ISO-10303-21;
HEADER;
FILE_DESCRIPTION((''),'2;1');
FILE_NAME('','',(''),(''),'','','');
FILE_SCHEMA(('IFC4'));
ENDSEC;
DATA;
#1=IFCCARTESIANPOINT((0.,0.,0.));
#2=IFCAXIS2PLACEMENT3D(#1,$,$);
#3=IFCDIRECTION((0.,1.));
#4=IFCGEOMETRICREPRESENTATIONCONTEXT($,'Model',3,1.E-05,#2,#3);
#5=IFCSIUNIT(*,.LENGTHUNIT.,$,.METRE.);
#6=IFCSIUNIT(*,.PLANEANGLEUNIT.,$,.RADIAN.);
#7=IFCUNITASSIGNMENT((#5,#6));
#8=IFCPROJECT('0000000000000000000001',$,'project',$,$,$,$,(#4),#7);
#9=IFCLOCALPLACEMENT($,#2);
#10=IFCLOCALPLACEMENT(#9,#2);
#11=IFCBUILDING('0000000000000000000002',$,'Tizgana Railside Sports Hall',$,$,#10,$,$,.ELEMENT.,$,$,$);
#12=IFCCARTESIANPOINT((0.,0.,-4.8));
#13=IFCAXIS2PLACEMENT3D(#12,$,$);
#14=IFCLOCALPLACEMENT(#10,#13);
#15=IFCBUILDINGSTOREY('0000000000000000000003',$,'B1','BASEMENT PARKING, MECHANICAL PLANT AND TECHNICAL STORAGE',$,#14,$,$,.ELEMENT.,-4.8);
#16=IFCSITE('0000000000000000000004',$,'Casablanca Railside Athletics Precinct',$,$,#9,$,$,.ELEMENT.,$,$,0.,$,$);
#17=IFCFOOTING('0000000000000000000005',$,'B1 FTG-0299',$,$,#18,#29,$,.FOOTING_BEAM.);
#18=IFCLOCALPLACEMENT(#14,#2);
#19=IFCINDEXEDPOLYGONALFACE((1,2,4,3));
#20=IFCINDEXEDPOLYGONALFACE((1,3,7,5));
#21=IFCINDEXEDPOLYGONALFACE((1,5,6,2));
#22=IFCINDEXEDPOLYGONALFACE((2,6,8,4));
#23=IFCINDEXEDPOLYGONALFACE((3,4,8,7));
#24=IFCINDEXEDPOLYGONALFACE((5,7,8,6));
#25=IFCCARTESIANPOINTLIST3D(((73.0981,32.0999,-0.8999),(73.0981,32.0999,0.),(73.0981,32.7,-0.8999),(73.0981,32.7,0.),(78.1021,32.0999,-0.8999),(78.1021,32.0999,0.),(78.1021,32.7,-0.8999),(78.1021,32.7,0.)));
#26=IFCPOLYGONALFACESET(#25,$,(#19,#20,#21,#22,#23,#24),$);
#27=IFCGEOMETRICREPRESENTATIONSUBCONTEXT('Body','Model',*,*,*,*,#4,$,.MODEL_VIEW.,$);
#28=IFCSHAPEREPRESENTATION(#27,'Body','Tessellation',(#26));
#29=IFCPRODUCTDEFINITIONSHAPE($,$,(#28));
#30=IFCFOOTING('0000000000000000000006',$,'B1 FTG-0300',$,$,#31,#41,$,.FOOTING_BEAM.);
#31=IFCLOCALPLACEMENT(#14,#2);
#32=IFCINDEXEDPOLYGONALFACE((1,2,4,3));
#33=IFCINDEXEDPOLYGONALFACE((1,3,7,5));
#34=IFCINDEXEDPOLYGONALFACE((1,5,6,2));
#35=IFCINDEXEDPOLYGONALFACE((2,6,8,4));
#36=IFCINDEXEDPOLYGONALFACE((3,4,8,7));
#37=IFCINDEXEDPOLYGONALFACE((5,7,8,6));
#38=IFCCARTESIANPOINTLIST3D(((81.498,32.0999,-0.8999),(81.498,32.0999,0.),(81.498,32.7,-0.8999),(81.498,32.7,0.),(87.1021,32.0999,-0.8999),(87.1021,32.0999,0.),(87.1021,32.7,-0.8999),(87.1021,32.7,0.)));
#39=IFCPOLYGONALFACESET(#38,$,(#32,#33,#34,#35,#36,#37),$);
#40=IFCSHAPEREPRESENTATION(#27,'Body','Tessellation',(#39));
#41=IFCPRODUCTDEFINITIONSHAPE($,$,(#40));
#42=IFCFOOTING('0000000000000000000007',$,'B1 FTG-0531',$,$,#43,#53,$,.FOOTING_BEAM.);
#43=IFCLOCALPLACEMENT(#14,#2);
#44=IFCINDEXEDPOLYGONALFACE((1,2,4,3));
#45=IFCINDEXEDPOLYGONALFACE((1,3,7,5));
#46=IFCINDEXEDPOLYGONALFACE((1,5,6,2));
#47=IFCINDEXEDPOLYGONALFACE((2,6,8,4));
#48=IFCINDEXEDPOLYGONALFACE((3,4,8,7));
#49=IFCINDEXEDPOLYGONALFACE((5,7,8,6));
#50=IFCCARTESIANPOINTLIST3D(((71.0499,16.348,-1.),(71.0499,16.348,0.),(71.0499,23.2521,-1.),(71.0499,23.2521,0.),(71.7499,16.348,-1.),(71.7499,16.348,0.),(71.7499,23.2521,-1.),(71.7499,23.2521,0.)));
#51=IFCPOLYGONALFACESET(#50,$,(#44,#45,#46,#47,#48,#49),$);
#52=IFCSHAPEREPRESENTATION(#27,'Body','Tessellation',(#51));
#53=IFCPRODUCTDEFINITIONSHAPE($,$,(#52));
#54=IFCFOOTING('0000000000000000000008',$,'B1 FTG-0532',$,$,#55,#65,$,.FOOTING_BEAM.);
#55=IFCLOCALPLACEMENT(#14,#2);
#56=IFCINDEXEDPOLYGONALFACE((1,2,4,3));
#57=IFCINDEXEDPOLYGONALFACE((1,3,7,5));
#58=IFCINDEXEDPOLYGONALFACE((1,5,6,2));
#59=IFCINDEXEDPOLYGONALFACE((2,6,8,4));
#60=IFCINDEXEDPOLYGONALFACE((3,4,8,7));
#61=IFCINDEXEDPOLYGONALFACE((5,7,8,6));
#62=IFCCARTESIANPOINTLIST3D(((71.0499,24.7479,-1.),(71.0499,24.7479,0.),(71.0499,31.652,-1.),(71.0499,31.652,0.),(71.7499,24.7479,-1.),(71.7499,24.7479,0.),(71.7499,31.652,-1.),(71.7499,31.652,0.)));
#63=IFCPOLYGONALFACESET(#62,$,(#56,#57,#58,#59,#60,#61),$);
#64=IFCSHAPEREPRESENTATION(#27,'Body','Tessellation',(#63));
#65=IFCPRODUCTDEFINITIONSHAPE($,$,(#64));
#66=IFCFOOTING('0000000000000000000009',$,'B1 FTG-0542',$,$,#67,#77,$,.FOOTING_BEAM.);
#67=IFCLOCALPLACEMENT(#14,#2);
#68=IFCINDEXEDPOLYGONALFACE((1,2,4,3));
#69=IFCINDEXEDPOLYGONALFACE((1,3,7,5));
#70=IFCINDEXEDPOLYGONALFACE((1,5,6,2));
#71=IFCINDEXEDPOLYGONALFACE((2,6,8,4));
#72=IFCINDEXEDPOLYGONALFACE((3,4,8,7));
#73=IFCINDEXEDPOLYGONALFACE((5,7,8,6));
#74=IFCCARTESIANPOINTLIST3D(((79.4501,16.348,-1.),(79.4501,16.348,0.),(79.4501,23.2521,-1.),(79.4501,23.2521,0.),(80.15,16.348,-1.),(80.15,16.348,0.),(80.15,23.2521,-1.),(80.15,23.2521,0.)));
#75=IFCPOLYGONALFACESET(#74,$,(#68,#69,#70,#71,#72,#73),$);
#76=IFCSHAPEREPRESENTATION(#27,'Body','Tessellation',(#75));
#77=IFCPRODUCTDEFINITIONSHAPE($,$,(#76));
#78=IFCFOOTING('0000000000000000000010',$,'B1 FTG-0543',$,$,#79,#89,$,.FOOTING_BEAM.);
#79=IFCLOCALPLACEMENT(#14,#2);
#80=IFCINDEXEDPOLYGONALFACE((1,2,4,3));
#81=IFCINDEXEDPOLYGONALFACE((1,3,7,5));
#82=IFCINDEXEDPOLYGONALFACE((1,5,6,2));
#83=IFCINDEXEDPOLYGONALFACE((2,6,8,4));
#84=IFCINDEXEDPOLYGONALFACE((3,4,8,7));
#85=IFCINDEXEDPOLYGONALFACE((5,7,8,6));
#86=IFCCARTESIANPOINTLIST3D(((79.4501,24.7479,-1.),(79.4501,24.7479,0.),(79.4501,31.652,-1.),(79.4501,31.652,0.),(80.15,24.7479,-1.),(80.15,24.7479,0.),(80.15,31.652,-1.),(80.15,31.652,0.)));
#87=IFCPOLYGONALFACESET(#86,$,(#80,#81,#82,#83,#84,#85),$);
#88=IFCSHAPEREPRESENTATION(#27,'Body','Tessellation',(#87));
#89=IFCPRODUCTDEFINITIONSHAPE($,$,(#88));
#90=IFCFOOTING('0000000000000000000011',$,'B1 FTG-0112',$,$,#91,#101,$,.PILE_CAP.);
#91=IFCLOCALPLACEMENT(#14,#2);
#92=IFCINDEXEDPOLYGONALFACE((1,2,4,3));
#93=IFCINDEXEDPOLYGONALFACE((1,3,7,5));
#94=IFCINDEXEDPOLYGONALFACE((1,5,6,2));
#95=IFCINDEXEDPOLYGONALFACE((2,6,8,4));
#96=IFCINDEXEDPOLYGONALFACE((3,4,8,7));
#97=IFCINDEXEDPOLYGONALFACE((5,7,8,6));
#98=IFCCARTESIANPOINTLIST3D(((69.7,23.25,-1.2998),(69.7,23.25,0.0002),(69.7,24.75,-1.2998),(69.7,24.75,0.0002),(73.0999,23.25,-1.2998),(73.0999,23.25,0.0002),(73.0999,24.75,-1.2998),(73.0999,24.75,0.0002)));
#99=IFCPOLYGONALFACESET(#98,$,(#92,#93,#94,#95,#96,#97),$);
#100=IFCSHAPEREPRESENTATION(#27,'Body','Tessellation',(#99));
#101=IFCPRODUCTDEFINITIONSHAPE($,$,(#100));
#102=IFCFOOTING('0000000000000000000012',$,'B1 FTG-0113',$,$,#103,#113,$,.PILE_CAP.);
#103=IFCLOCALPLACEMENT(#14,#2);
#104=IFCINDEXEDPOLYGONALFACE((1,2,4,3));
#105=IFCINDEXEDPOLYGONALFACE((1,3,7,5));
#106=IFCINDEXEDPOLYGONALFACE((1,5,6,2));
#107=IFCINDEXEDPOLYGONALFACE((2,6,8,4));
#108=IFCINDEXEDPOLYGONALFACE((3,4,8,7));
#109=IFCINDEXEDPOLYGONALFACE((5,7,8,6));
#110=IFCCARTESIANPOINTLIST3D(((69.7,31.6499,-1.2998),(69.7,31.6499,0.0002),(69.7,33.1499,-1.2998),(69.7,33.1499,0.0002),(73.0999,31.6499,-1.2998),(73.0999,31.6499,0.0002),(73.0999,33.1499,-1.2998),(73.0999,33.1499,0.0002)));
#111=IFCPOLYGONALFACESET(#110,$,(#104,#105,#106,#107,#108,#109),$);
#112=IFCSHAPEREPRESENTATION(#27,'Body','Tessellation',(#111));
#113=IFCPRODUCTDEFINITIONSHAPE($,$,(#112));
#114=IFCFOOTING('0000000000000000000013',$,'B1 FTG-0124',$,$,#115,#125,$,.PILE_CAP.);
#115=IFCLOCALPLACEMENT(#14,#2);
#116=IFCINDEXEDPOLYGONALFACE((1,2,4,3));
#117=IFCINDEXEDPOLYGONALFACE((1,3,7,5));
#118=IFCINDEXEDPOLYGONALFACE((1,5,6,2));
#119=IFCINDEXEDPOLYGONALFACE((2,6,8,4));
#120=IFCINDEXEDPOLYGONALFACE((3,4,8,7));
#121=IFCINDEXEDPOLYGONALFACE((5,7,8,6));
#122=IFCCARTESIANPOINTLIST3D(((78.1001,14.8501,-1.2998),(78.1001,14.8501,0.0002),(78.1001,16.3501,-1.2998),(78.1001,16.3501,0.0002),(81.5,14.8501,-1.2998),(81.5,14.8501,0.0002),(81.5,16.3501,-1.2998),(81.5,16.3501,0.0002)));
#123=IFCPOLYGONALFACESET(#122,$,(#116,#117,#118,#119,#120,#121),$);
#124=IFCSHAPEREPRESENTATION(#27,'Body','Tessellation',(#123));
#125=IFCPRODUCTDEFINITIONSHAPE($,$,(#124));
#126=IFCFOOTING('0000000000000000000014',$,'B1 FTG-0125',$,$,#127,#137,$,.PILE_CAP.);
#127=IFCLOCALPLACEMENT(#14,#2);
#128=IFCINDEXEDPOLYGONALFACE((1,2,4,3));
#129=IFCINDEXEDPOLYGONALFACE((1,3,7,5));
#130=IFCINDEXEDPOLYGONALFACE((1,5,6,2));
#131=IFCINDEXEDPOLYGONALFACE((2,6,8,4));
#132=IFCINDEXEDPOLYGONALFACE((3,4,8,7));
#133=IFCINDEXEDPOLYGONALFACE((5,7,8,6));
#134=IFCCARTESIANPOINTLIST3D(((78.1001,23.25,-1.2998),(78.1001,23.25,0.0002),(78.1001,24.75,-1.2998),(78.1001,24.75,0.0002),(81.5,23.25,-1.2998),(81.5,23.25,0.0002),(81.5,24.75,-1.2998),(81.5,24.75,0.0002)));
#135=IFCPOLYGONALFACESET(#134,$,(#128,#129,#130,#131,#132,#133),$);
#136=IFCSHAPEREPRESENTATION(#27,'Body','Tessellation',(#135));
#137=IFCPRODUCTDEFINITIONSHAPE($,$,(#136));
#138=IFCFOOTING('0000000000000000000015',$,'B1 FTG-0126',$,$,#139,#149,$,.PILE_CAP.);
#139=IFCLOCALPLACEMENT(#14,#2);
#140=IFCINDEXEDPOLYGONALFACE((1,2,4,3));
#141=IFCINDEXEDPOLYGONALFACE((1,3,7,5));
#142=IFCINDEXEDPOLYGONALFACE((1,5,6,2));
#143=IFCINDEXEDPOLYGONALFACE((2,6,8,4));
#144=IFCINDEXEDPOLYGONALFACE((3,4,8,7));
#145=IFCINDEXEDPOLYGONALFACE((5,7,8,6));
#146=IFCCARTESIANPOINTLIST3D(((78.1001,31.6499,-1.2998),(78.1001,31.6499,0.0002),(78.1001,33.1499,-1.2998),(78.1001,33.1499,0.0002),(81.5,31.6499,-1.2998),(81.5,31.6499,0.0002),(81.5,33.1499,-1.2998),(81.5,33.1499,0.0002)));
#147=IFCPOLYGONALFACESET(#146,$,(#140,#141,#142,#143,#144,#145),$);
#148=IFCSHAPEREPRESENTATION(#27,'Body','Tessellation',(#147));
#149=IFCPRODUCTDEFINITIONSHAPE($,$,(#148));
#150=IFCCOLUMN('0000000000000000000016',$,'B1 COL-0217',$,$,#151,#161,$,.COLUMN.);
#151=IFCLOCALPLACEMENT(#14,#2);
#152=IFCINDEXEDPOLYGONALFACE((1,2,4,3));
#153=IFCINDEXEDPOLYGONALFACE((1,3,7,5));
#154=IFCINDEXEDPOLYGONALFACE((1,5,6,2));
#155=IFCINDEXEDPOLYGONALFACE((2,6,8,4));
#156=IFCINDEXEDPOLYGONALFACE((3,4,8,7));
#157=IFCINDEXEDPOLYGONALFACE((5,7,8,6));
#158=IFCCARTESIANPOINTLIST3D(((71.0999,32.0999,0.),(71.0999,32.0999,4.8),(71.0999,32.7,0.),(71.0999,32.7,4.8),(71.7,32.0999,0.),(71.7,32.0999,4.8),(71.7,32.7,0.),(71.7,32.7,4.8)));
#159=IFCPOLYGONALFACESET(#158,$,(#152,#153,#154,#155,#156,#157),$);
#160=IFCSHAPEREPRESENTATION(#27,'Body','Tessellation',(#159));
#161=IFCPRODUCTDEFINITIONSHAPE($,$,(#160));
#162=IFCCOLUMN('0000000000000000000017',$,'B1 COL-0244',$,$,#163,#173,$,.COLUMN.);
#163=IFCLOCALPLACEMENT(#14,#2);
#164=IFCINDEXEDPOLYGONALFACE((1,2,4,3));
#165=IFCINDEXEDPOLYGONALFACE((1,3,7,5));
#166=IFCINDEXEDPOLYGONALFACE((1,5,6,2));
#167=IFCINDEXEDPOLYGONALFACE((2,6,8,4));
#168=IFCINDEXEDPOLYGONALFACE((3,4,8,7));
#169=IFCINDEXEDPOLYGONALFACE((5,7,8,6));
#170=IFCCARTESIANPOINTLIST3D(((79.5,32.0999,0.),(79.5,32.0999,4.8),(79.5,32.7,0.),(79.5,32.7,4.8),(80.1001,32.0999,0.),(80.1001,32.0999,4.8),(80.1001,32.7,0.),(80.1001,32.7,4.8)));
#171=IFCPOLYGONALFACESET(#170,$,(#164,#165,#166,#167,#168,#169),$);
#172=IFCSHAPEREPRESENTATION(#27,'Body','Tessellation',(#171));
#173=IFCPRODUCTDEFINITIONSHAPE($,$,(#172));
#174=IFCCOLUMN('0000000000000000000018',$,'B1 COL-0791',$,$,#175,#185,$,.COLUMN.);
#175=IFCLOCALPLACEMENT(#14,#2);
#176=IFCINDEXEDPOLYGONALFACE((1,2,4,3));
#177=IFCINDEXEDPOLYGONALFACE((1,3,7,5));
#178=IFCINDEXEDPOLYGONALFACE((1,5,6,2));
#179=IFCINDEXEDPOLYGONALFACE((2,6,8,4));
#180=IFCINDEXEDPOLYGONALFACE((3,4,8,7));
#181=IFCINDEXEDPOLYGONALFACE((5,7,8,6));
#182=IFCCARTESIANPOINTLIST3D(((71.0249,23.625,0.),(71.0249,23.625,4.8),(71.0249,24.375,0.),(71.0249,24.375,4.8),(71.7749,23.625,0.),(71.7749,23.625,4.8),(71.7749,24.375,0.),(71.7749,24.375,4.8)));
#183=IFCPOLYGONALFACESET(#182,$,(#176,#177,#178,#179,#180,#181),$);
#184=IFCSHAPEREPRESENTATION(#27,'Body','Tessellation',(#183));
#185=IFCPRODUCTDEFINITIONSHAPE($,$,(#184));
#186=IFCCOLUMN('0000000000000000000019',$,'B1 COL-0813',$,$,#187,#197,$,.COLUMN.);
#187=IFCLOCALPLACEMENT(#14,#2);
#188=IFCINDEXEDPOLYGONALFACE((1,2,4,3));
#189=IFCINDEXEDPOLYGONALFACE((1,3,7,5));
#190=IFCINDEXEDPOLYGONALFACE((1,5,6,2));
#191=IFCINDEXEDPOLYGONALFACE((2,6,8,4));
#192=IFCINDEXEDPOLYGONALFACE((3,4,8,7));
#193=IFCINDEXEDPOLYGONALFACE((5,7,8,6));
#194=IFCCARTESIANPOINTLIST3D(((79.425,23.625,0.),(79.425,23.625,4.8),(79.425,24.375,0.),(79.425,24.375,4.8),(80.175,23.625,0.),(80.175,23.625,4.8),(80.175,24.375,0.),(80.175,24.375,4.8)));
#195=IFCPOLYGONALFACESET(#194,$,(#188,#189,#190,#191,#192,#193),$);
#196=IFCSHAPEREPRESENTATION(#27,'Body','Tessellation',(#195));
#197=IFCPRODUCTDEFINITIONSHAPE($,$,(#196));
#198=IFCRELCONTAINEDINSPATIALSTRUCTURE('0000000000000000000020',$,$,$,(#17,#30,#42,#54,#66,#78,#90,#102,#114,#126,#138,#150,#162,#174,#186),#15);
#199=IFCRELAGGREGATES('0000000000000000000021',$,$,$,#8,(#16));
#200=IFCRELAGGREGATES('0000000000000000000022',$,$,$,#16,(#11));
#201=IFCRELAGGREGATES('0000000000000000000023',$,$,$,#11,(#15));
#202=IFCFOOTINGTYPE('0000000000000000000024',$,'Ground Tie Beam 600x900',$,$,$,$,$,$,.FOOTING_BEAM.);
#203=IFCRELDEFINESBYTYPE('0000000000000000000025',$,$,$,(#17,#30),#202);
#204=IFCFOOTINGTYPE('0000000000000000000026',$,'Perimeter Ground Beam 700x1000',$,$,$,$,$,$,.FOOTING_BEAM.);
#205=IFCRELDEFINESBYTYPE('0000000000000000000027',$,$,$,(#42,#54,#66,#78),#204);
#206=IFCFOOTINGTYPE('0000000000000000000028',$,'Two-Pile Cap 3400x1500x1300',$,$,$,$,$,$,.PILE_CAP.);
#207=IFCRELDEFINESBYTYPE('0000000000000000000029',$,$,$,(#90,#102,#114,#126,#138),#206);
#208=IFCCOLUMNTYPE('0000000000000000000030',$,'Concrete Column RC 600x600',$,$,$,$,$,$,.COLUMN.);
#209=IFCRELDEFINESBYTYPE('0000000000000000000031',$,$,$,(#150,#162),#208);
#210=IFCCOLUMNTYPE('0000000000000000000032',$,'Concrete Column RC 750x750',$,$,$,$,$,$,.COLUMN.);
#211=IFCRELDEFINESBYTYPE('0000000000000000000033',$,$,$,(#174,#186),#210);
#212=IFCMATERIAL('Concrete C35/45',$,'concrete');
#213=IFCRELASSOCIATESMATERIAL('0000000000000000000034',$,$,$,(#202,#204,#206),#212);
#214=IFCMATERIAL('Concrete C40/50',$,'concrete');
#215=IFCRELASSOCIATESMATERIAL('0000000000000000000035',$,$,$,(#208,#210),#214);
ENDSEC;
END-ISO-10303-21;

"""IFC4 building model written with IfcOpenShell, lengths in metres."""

from ifc_helpers import new_model, si_unit, direction, frame, origin, origin_2d, place, context, subcontext, project, spatial, rectangle, extrude, material, material_profile, profile_set, type_object, element, save


model = new_model("IFC4")

# Units and contexts
model_context = context("Model", 3, precision=1e-05, world=origin(), true_north=direction((0.0, 1.0)))
body_context = subcontext(model_context, "Body", "Model", "MODEL_VIEW")
ifc_project = project(units=[si_unit("LENGTHUNIT", "METRE"), si_unit("PLANEANGLEUNIT", "RADIAN")], contexts=[model_context])

# Site, building, storey
site_placement = place(None, origin())
site = spatial("IfcSite", under=ifc_project, at=site_placement, Name="Casablanca Railside Athletics Precinct", CompositionType="ELEMENT", RefElevation=0.0)
building_placement = place(site_placement, origin())
building = spatial("IfcBuilding", under=site, at=building_placement, Name="Tizgana Railside Sports Hall", CompositionType="ELEMENT")
storey_placement = place(building_placement, frame((0.0, 0.0, -4.8)))
storey = spatial("IfcBuildingStorey", under=building, at=storey_placement, Name="B1", Description="BASEMENT PARKING, MECHANICAL PLANT AND TECHNICAL STORAGE", CompositionType="ELEMENT", Elevation=-4.8)

# Shared definitions
ifc_material_1 = material(Name="Concrete C35/45", Category="concrete")

# Footings
footing_type_1 = type_object("IfcFootingType", Name="Ground Tie Beam 600x900", PredefinedType="FOOTING_BEAM", material=ifc_material_1)
footing_1_placement = place(storey_placement, frame((75.6001, 32.3999, -0.8999), z_axis=(0.0, 0.0, 1.0), x_axis=(1.0, 0.0, 0.0)))
element("IfcFooting", 1, at=footing_1_placement, inside=storey, type_object=footing_type_1, Name="B1 FTG-0299", PredefinedType="FOOTING_BEAM", context=body_context, shape_type="SweptSolid", body=[
    extrude(rectangle(XDim=5.0039, YDim=0.6001, at=origin_2d()), origin(), (0.0, 0.0, 1.0), 0.8999),
])
footing_2_placement = place(storey_placement, frame((84.3, 32.3999, -0.8999), z_axis=(0.0, 0.0, 1.0), x_axis=(1.0, 0.0, 0.0)))
element("IfcFooting", 2, at=footing_2_placement, inside=storey, type_object=footing_type_1, Name="B1 FTG-0300", PredefinedType="FOOTING_BEAM", context=body_context, shape_type="SweptSolid", body=[
    extrude(rectangle(XDim=5.604, YDim=0.6001, at=origin_2d()), origin(), (0.0, 0.0, 1.0), 0.8999),
])
footing_type_2 = type_object("IfcFootingType", Name="Perimeter Ground Beam 700x1000", PredefinedType="FOOTING_BEAM", material=ifc_material_1)
for number, where, z_axis, x_axis, name in (
    (3, (71.3999, 19.8, -1.0), (0.0, 0.0, 1.0), (0.0, 1.0, 0.0), "B1 FTG-0531"),
    (4, (71.3999, 28.2, -1.0), (0.0, 0.0, 1.0), (0.0, 1.0, 0.0), "B1 FTG-0532"),
    (5, (79.8, 19.8, -1.0), (0.0, 0.0, 1.0), (0.0, 1.0, 0.0), "B1 FTG-0542"),
    (6, (79.8, 28.2, -1.0), (0.0, 0.0, 1.0), (0.0, 1.0, 0.0), "B1 FTG-0543"),
):
    element("IfcFooting", number, at=place(storey_placement, frame(where, z_axis=z_axis, x_axis=x_axis)), inside=storey, type_object=footing_type_2, Name=name, PredefinedType="FOOTING_BEAM", context=body_context, shape_type="SweptSolid", body=[
        extrude(rectangle(XDim=6.9041, YDim=0.7, at=origin_2d()), origin(), (0.0, 0.0, 1.0), 1.0),
    ])
footing_type_3 = type_object("IfcFootingType", Name="Two-Pile Cap 3400x1500x1300", PredefinedType="PILE_CAP", material=ifc_material_1)
for number, where, z_axis, x_axis, name in (
    (7, (71.3999, 24.0, -1.2998), (0.0, 0.0, 1.0), (1.0, 0.0, 0.0), "B1 FTG-0112"),
    (8, (71.3999, 32.3999, -1.2998), (0.0, 0.0, 1.0), (1.0, 0.0, 0.0), "B1 FTG-0113"),
    (9, (79.8, 15.6001, -1.2998), (0.0, 0.0, 1.0), (1.0, 0.0, 0.0), "B1 FTG-0124"),
    (10, (79.8, 24.0, -1.2998), (0.0, 0.0, 1.0), (1.0, 0.0, 0.0), "B1 FTG-0125"),
    (11, (79.8, 32.3999, -1.2998), (0.0, 0.0, 1.0), (1.0, 0.0, 0.0), "B1 FTG-0126"),
):
    element("IfcFooting", number, at=place(storey_placement, frame(where, z_axis=z_axis, x_axis=x_axis)), inside=storey, type_object=footing_type_3, Name=name, PredefinedType="PILE_CAP", context=body_context, shape_type="SweptSolid", body=[
        extrude(rectangle(XDim=3.3999, YDim=1.5, at=origin_2d()), origin(), (0.0, 0.0, 1.0), 1.3),
    ])

# Columns
ifc_material_2 = material(Name="Concrete C40/50", Category="concrete")
ifc_material_profile_1 = material_profile(ifc_material_2, rectangle(XDim=0.6001, YDim=0.6001, at=origin_2d()), Name="RC 600x600")
ifc_profile_set_1 = profile_set([ifc_material_profile_1], Name="Concrete C40/50")
column_type_1 = type_object("IfcColumnType", Name="Concrete Column RC 600x600", PredefinedType="COLUMN", material=ifc_profile_set_1)
for number, where, z_axis, x_axis, name in (
    (12, (71.3999, 32.3999, 0.0), (0.0, 0.0, 1.0), (1.0, 0.0, 0.0), "B1 COL-0217"),
    (13, (79.8, 32.3999, 0.0), (0.0, 0.0, 1.0), (1.0, 0.0, 0.0), "B1 COL-0244"),
):
    element("IfcColumn", number, at=place(storey_placement, frame(where, z_axis=z_axis, x_axis=x_axis)), inside=storey, type_object=column_type_1, Name=name, PredefinedType="COLUMN", context=body_context, shape_type="SweptSolid", body=[
        extrude(rectangle(XDim=0.6001, YDim=0.6001, at=origin_2d()), origin(), (0.0, 0.0, 1.0), 4.8),
    ])
ifc_material_profile_2 = material_profile(ifc_material_2, rectangle(XDim=0.75, YDim=0.75, at=origin_2d()), Name="RC 750x750")
ifc_profile_set_2 = profile_set([ifc_material_profile_2], Name="Concrete C40/50")
column_type_2 = type_object("IfcColumnType", Name="Concrete Column RC 750x750", PredefinedType="COLUMN", material=ifc_profile_set_2)
for number, where, z_axis, x_axis, name in (
    (14, (71.3999, 24.0, 0.0), (0.0, 0.0, 1.0), (1.0, 0.0, 0.0), "B1 COL-0791"),
    (15, (79.8, 24.0, 0.0), (0.0, 0.0, 1.0), (1.0, 0.0, 0.0), "B1 COL-0813"),
):
    element("IfcColumn", number, at=place(storey_placement, frame(where, z_axis=z_axis, x_axis=x_axis)), inside=storey, type_object=column_type_2, Name=name, PredefinedType="COLUMN", context=body_context, shape_type="SweptSolid", body=[
        extrude(rectangle(XDim=0.75, YDim=0.75, at=origin_2d()), origin(), (0.0, 0.0, 1.0), 4.8),
    ])

save(model, "model.ifc")
